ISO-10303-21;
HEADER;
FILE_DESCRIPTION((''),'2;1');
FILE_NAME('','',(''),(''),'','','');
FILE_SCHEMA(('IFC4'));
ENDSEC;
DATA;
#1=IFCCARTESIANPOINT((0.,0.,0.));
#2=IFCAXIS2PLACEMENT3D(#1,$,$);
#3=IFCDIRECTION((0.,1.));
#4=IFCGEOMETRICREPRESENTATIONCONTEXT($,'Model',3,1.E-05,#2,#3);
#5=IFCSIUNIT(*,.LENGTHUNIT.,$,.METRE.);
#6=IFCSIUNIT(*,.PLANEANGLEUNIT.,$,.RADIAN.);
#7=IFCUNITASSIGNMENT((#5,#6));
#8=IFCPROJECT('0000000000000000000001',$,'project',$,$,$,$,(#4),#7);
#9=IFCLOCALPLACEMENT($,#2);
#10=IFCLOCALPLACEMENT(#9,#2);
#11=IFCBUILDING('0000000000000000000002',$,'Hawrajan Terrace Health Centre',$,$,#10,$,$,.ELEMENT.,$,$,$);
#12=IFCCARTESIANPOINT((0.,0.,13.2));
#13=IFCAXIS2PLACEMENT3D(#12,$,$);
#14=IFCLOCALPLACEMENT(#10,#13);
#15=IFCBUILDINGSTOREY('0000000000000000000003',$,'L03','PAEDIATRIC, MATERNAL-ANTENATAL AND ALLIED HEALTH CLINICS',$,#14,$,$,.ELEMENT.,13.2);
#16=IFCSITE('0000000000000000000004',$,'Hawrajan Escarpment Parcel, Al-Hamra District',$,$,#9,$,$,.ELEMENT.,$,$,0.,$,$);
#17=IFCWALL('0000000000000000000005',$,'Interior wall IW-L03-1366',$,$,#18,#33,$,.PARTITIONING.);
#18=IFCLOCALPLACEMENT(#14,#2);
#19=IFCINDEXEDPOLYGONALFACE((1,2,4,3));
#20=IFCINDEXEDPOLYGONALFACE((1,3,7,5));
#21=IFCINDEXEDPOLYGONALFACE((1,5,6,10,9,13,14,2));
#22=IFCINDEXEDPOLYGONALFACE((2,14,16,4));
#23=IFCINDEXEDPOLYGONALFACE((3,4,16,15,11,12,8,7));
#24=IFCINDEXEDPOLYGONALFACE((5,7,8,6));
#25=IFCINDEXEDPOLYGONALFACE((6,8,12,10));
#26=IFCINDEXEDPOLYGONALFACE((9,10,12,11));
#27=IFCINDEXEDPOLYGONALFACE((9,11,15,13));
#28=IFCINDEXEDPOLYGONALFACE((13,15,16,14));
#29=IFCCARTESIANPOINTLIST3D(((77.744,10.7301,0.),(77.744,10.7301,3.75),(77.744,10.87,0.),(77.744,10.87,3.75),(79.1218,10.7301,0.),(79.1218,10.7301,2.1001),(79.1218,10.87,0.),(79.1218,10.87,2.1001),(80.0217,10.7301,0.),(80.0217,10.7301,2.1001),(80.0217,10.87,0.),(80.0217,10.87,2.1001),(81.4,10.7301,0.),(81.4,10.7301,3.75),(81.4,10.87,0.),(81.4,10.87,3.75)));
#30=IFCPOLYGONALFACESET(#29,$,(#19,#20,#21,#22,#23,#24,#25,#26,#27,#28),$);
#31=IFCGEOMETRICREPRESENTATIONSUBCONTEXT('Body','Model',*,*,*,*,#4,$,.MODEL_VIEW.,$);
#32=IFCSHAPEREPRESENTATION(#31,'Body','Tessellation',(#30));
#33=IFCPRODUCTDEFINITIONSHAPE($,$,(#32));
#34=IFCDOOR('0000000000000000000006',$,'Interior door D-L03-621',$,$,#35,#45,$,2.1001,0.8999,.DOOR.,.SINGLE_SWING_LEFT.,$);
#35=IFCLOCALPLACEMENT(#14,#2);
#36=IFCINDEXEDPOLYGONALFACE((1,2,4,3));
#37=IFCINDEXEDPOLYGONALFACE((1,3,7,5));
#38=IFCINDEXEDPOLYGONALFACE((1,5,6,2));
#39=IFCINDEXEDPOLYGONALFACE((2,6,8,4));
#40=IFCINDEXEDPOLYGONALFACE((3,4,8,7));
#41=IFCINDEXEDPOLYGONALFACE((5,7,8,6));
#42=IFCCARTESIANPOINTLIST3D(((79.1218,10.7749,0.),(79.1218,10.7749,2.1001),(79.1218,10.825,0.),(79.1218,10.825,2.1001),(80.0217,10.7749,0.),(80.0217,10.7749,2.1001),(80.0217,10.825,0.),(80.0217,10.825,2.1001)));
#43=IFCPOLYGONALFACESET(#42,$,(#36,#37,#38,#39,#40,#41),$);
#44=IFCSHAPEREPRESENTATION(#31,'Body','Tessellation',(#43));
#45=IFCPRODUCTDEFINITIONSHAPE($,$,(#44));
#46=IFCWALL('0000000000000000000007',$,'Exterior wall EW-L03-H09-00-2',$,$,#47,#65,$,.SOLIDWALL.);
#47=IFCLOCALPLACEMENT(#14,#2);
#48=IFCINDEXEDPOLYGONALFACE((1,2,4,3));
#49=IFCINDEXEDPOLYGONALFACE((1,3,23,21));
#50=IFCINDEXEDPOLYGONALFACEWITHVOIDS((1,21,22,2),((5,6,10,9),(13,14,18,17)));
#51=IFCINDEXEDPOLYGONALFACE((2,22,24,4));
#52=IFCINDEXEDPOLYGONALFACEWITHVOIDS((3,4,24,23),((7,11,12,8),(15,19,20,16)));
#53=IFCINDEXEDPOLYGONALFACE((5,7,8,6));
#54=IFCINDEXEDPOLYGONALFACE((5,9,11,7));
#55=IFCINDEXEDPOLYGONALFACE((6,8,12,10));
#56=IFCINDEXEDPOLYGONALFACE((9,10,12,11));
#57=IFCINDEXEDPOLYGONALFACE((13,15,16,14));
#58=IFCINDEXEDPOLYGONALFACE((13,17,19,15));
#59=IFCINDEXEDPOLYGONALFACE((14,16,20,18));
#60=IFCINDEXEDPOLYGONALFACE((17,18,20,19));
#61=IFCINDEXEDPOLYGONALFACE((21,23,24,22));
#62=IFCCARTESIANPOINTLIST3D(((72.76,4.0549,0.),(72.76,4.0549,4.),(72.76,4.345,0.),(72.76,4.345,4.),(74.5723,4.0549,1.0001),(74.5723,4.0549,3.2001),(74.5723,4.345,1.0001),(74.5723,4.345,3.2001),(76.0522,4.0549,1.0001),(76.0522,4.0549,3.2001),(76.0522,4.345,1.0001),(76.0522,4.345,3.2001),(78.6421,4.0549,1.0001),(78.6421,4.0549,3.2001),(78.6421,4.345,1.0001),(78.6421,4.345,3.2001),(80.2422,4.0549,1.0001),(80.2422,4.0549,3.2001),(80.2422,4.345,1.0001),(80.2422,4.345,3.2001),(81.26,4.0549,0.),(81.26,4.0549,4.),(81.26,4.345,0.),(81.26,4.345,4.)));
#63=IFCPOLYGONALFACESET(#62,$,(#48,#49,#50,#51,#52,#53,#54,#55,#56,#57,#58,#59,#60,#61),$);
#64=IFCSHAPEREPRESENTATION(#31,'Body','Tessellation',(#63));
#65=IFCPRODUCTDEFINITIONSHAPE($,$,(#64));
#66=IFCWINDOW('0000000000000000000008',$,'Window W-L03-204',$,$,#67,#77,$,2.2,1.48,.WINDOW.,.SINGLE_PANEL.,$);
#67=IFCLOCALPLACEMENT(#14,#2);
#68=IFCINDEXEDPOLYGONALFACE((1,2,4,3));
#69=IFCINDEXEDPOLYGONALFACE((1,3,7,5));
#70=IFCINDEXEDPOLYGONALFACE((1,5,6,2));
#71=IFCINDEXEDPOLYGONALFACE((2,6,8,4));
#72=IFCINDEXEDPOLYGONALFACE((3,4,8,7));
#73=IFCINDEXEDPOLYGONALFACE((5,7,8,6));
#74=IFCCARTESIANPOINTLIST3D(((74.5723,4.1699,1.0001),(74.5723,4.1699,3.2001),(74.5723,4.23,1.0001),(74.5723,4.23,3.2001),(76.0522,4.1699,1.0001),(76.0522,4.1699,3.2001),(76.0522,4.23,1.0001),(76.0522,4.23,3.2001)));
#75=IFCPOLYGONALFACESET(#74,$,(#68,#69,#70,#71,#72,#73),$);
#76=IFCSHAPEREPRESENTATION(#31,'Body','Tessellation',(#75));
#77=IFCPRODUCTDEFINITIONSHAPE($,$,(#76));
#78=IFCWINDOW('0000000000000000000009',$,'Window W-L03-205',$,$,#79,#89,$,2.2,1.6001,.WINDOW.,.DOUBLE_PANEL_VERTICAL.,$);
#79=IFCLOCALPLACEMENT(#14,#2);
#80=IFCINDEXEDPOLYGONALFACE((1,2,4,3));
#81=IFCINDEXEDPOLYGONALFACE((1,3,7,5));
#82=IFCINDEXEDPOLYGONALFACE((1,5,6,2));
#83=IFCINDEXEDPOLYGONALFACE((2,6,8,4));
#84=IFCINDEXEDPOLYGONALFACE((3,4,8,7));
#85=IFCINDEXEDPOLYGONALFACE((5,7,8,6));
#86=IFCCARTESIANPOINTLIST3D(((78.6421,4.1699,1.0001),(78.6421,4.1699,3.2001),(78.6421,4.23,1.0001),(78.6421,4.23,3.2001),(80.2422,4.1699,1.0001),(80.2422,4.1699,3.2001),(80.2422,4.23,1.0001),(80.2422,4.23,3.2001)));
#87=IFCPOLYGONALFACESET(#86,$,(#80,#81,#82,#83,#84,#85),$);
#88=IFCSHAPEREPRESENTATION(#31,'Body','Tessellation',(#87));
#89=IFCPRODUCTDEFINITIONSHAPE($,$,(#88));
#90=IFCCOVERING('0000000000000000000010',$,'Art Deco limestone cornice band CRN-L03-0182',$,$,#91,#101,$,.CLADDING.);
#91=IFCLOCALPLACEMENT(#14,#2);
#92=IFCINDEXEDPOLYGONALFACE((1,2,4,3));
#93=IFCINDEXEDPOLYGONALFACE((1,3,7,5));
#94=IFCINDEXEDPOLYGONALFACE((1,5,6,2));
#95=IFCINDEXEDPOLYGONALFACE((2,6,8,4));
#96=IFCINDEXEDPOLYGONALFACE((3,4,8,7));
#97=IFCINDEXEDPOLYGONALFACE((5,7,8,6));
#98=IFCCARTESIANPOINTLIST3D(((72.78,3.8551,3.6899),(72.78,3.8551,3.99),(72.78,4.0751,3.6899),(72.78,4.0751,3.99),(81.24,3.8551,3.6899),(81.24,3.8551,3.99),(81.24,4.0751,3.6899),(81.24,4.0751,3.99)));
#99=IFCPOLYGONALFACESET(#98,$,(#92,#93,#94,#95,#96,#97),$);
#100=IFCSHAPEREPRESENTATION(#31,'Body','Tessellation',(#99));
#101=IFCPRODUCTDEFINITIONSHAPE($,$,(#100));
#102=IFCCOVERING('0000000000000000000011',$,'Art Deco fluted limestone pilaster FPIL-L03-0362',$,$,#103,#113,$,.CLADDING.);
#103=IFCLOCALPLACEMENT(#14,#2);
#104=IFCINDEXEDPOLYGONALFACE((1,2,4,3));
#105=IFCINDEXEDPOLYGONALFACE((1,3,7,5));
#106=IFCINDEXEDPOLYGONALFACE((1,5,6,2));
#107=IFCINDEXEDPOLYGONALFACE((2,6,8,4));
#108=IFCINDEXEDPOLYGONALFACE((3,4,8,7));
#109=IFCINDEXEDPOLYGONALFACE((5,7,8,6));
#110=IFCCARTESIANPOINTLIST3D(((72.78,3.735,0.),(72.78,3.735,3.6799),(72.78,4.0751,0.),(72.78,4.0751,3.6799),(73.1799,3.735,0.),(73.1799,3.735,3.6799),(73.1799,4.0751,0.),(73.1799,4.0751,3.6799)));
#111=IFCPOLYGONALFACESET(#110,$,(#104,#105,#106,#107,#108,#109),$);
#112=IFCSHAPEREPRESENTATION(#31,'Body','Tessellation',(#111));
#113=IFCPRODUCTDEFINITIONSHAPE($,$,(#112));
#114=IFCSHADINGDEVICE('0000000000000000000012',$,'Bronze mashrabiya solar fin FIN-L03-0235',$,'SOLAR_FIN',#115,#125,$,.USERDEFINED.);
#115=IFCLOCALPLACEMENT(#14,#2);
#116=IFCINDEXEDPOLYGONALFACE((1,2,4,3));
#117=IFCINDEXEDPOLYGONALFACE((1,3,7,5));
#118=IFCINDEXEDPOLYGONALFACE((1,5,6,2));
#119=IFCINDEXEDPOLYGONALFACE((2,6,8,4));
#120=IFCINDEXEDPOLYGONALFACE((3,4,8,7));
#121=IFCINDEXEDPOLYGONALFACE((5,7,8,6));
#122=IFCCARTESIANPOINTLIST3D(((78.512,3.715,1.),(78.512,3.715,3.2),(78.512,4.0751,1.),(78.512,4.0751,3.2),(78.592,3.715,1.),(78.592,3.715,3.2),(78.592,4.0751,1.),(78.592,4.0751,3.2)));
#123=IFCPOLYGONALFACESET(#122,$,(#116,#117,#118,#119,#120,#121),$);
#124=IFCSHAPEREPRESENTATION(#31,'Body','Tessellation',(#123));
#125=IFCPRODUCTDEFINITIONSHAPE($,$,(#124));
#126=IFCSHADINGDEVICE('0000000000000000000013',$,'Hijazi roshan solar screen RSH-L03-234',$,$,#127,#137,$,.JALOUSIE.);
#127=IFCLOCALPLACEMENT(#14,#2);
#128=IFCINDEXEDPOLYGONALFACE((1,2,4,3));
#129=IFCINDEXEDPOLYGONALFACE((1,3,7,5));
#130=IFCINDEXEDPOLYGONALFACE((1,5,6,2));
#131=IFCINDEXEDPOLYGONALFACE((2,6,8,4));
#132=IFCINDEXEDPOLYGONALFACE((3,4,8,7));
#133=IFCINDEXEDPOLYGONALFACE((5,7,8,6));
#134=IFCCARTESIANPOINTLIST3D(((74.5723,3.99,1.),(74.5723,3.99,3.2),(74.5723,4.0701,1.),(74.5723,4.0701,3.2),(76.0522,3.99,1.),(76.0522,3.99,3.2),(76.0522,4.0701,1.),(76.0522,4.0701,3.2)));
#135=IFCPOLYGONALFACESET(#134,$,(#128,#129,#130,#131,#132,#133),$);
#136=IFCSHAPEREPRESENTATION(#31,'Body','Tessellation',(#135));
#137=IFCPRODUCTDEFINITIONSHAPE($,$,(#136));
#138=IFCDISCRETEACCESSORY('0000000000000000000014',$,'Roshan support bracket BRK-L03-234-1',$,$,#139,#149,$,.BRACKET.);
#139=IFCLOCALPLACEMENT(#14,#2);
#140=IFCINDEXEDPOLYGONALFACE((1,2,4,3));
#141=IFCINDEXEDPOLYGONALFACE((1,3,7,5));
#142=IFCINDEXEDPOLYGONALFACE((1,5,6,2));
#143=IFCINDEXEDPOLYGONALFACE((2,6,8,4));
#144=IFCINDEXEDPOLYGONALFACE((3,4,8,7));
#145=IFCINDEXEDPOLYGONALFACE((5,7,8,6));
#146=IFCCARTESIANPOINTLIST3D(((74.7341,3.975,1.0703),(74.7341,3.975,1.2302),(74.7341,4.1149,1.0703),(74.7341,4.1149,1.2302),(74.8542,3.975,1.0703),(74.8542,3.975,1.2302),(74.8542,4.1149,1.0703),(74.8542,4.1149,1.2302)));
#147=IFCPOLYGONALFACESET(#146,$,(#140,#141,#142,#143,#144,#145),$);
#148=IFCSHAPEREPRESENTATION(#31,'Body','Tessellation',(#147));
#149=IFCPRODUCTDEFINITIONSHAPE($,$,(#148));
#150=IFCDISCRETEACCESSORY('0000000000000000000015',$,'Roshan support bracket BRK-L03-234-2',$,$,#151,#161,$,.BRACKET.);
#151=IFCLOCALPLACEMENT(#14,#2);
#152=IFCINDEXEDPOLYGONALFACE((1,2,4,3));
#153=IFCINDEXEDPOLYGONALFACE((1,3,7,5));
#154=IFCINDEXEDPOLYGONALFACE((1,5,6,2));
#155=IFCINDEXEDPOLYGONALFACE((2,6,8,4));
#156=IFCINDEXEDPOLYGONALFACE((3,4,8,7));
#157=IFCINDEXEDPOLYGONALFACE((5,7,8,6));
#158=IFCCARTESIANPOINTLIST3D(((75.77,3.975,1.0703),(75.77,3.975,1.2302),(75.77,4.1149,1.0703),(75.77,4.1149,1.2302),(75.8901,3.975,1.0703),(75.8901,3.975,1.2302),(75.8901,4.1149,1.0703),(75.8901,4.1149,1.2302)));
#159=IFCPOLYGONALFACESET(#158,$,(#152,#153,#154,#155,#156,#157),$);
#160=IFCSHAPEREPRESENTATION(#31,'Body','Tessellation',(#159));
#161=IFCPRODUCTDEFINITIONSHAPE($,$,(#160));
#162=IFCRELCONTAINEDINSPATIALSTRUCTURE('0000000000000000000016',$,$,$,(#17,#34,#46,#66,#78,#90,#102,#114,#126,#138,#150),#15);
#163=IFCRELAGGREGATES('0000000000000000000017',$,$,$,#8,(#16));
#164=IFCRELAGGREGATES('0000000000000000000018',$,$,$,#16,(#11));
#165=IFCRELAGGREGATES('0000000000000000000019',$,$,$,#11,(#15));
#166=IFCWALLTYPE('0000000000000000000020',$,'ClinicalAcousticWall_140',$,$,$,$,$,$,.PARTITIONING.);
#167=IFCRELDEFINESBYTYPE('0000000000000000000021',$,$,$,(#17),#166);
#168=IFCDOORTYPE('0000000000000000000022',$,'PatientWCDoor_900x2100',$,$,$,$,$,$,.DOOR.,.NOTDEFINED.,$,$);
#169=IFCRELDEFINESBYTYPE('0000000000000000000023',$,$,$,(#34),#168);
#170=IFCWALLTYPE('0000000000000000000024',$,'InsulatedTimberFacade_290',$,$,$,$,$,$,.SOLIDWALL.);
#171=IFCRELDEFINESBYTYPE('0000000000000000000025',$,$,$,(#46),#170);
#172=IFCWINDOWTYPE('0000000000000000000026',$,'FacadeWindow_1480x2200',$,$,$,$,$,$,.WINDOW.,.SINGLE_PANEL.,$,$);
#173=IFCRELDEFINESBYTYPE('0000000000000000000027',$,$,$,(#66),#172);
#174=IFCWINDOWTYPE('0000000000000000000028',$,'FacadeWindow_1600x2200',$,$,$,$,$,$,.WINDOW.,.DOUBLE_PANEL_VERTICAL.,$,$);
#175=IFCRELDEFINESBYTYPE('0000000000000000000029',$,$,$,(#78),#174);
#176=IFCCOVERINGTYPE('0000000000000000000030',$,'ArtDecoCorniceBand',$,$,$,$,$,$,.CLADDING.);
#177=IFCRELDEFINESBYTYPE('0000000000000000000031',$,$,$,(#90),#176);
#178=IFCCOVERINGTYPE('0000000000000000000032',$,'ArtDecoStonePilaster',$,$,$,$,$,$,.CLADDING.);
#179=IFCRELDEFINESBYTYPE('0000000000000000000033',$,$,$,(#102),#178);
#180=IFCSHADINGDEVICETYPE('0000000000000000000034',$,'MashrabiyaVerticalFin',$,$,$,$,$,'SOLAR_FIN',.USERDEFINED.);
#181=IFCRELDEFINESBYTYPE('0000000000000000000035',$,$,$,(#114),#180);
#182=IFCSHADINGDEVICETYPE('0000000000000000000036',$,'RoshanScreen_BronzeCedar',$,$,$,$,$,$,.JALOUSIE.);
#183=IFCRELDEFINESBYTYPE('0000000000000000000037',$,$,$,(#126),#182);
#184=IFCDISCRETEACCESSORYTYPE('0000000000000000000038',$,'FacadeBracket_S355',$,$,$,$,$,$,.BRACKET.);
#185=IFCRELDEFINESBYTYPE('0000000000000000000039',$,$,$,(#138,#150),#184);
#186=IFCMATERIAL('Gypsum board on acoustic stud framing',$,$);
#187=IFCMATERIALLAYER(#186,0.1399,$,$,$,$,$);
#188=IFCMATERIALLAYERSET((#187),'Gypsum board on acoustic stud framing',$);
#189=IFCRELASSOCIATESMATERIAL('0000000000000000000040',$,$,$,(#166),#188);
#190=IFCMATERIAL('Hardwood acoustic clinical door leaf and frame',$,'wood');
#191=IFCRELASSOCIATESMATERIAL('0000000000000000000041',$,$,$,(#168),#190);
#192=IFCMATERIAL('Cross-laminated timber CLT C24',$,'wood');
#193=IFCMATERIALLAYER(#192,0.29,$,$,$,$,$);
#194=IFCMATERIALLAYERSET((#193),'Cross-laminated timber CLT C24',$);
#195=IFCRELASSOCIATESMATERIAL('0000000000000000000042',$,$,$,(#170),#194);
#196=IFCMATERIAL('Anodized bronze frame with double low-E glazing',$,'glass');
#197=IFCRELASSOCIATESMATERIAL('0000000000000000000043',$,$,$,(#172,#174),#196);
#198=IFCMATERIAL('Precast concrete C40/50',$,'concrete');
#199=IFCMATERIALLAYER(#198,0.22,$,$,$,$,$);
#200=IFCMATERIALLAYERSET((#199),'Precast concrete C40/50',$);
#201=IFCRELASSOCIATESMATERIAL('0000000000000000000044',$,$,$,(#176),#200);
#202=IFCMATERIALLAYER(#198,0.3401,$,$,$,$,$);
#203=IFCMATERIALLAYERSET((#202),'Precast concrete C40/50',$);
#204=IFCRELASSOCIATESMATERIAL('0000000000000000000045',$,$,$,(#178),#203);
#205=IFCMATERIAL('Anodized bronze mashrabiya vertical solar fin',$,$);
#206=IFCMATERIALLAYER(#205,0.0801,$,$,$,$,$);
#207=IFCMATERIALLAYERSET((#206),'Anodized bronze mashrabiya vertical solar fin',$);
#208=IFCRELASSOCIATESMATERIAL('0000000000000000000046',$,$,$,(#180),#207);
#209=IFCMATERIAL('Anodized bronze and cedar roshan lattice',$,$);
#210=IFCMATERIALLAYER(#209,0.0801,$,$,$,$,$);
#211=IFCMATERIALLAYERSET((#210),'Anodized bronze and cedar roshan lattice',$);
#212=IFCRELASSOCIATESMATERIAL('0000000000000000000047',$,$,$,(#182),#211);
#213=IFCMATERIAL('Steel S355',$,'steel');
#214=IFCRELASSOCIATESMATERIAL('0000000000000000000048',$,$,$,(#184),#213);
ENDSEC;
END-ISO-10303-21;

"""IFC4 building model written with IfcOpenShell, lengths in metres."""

from ifc_helpers import new_model, si_unit, direction, frame, frame_2d, origin, origin_2d, place, context, subcontext, project, spatial, rectangle, extrude, material, layer, layer_set, type_object, element, fill, save


model = new_model("IFC4")

# Units and contexts
model_context = context("Model", 3, precision=1e-05, world=origin(), true_north=direction((0.0, 1.0)))
body_context = subcontext(model_context, "Body", "Model", "MODEL_VIEW")
ifc_project = project(units=[si_unit("LENGTHUNIT", "METRE"), si_unit("PLANEANGLEUNIT", "RADIAN")], contexts=[model_context])

# Site, building, storey
site_placement = place(None, origin())
site = spatial("IfcSite", under=ifc_project, at=site_placement, Name="Hawrajan Escarpment Parcel, Al-Hamra District", CompositionType="ELEMENT", RefElevation=0.0)
building_placement = place(site_placement, origin())
building = spatial("IfcBuilding", under=site, at=building_placement, Name="Hawrajan Terrace Health Centre", CompositionType="ELEMENT")
storey_placement = place(building_placement, frame((0.0, 0.0, 13.2)))
storey = spatial("IfcBuildingStorey", under=building, at=storey_placement, Name="L03", Description="PAEDIATRIC, MATERNAL-ANTENATAL AND ALLIED HEALTH CLINICS", CompositionType="ELEMENT", Elevation=13.2)

# Shared definitions
ifc_material_1 = material(Name="Gypsum board on acoustic stud framing")
ifc_layer_1 = layer(ifc_material_1, 0.1399)
ifc_layer_set_1 = layer_set([ifc_layer_1], Name="Gypsum board on acoustic stud framing")
wall_type_1 = type_object("IfcWallType", Name="ClinicalAcousticWall_140", PredefinedType="PARTITIONING", material=ifc_layer_set_1)

# Shared definitions
ifc_material_2 = material(Name="Hardwood acoustic clinical door leaf and frame", Category="wood")

# Wall, opening, door
wall_1_placement = place(storey_placement, frame((77.7439, 10.8, 0.0), z_axis=(0.0, 0.0, 1.0), x_axis=(1.0, 0.0, 0.0)))
wall_1 = element("IfcWall", 1, at=wall_1_placement, inside=storey, type_object=wall_type_1, Name="Interior wall IW-L03-1366", PredefinedType="PARTITIONING", context=body_context, shape_type="SweptSolid", body=[
    extrude(rectangle(XDim=3.656, YDim=0.1399, at=frame_2d((1.8281, 0.0))), origin(), (0.0, 0.0, 1.0), 3.75),
])
opening_1_placement = place(wall_1_placement, frame((1.3779, 0.0, 0.0)))
opening_1 = element("IfcOpeningElement", 2, at=opening_1_placement, cuts=wall_1, PredefinedType="OPENING", context=body_context, shape_type="SweptSolid", body=[
    extrude(rectangle(XDim=0.8999, YDim=2.1001, at=frame_2d((0.45, 1.05))), frame((0.0, 0.0798, 0.0), z_axis=(0.0, -1.0, 0.0), x_axis=(1.0, 0.0, 0.0)), (0.0, 0.0, 1.0), 0.1599),
])
door_type_1 = type_object("IfcDoorType", Name="PatientWCDoor_900x2100", OperationType="NOTDEFINED", PredefinedType="DOOR", material=ifc_material_2)
door_1_placement = place(opening_1_placement, origin())
door_1 = element("IfcDoor", 3, at=door_1_placement, inside=storey, type_object=door_type_1, Name="Interior door D-L03-621", OperationType="SINGLE_SWING_LEFT", OverallHeight=2.1001, OverallWidth=0.8999, PredefinedType="DOOR", context=body_context, shape_type="SweptSolid", body=[
    extrude(rectangle(XDim=0.8999, YDim=2.1001, at=frame_2d((0.45, 1.05))), frame((0.0, 0.0249, 0.0), z_axis=(0.0, -1.0, 0.0), x_axis=(1.0, 0.0, 0.0)), (0.0, 0.0, 1.0), 0.05),
])
fill(opening_1, door_1)

# Wall, openings, windows
ifc_material_3 = material(Name="Cross-laminated timber CLT C24", Category="wood")
ifc_layer_2 = layer(ifc_material_3, 0.29)
ifc_layer_set_2 = layer_set([ifc_layer_2], Name="Cross-laminated timber CLT C24")
wall_type_2 = type_object("IfcWallType", Name="InsulatedTimberFacade_290", PredefinedType="SOLIDWALL", material=ifc_layer_set_2)
wall_2_placement = place(storey_placement, frame((72.76, 4.2, 0.0), z_axis=(0.0, 0.0, 1.0), x_axis=(1.0, 0.0, 0.0)))
wall_2 = element("IfcWall", 4, at=wall_2_placement, inside=storey, type_object=wall_type_2, Name="Exterior wall EW-L03-H09-00-2", PredefinedType="SOLIDWALL", context=body_context, shape_type="SweptSolid", body=[
    extrude(rectangle(XDim=8.5, YDim=0.29, at=frame_2d((4.25, 0.0))), origin(), (0.0, 0.0, 1.0), 4.0),
])
opening_2_placement = place(wall_2_placement, frame((1.8123, 0.0, 1.0)))
opening_2 = element("IfcOpeningElement", 5, at=opening_2_placement, cuts=wall_2, PredefinedType="OPENING", context=body_context, shape_type="SweptSolid", body=[
    extrude(rectangle(XDim=1.48, YDim=2.2, at=frame_2d((0.74, 1.1001))), frame((0.0, 0.155, 0.0), z_axis=(0.0, -1.0, 0.0), x_axis=(1.0, 0.0, 0.0)), (0.0, 0.0, 1.0), 0.3101),
])
opening_3_placement = place(wall_2_placement, frame((5.8821, 0.0, 1.0)))
opening_3 = element("IfcOpeningElement", 6, at=opening_3_placement, cuts=wall_2, PredefinedType="OPENING", context=body_context, shape_type="SweptSolid", body=[
    extrude(rectangle(XDim=1.6001, YDim=2.2, at=frame_2d((0.8, 1.1001))), frame((0.0, 0.155, 0.0), z_axis=(0.0, -1.0, 0.0), x_axis=(1.0, 0.0, 0.0)), (0.0, 0.0, 1.0), 0.3101),
])
ifc_material_4 = material(Name="Anodized bronze frame with double low-E glazing", Category="glass")
window_type_1 = type_object("IfcWindowType", Name="FacadeWindow_1480x2200", PartitioningType="SINGLE_PANEL", PredefinedType="WINDOW", material=ifc_material_4)
window_1_placement = place(opening_2_placement, origin())
window_1 = element("IfcWindow", 7, at=window_1_placement, inside=storey, type_object=window_type_1, Name="Window W-L03-204", OverallHeight=2.2, OverallWidth=1.48, PartitioningType="SINGLE_PANEL", PredefinedType="WINDOW", context=body_context, shape_type="SweptSolid", body=[
    extrude(rectangle(XDim=1.48, YDim=2.2, at=frame_2d((0.74, 1.1001))), frame((0.0, 0.03, 0.0), z_axis=(0.0, -1.0, 0.0), x_axis=(1.0, 0.0, 0.0)), (0.0, 0.0, 1.0), 0.0601),
])
fill(opening_2, window_1)
window_type_2 = type_object("IfcWindowType", Name="FacadeWindow_1600x2200", PartitioningType="DOUBLE_PANEL_VERTICAL", PredefinedType="WINDOW", material=ifc_material_4)
window_2_placement = place(opening_3_placement, origin())
window_2 = element("IfcWindow", 8, at=window_2_placement, inside=storey, type_object=window_type_2, Name="Window W-L03-205", OverallHeight=2.2, OverallWidth=1.6001, PartitioningType="DOUBLE_PANEL_VERTICAL", PredefinedType="WINDOW", context=body_context, shape_type="SweptSolid", body=[
    extrude(rectangle(XDim=1.6001, YDim=2.2, at=frame_2d((0.8, 1.1001))), frame((0.0, 0.03, 0.0), z_axis=(0.0, -1.0, 0.0), x_axis=(1.0, 0.0, 0.0)), (0.0, 0.0, 1.0), 0.0601),
])
fill(opening_3, window_2)

# Coverings
ifc_material_5 = material(Name="Precast concrete C40/50", Category="concrete")
ifc_layer_3 = layer(ifc_material_5, 0.22)
ifc_layer_set_3 = layer_set([ifc_layer_3], Name="Precast concrete C40/50")
covering_type_1 = type_object("IfcCoveringType", Name="ArtDecoCorniceBand", PredefinedType="CLADDING", material=ifc_layer_set_3)
covering_1_placement = place(storey_placement, frame((77.01, 3.9651, 3.6899), z_axis=(0.0, 0.0, 1.0), x_axis=(1.0, 0.0, 0.0)))
element("IfcCovering", 9, at=covering_1_placement, inside=storey, type_object=covering_type_1, Name="Art Deco limestone cornice band CRN-L03-0182", PredefinedType="CLADDING", context=body_context, shape_type="SweptSolid", body=[
    extrude(rectangle(XDim=8.46, YDim=0.22, at=origin_2d()), origin(), (0.0, 0.0, 1.0), 0.3),
])
ifc_layer_4 = layer(ifc_material_5, 0.3401)
ifc_layer_set_4 = layer_set([ifc_layer_4], Name="Precast concrete C40/50")
covering_type_2 = type_object("IfcCoveringType", Name="ArtDecoStonePilaster", PredefinedType="CLADDING", material=ifc_layer_set_4)
covering_2_placement = place(storey_placement, frame((72.98, 3.905, 0.0), z_axis=(0.0, 0.0, 1.0), x_axis=(1.0, 0.0, 0.0)))
element("IfcCovering", 10, at=covering_2_placement, inside=storey, type_object=covering_type_2, Name="Art Deco fluted limestone pilaster FPIL-L03-0362", PredefinedType="CLADDING", context=body_context, shape_type="SweptSolid", body=[
    extrude(rectangle(XDim=0.3999, YDim=0.3401, at=origin_2d()), origin(), (0.0, 0.0, 1.0), 3.6799),
])

# Shading devices
ifc_material_6 = material(Name="Anodized bronze mashrabiya vertical solar fin")
ifc_layer_5 = layer(ifc_material_6, 0.0801)
ifc_layer_set_5 = layer_set([ifc_layer_5], Name="Anodized bronze mashrabiya vertical solar fin")
shading_device_type_1 = type_object("IfcShadingDeviceType", Name="MashrabiyaVerticalFin", ElementType="SOLAR_FIN", PredefinedType="USERDEFINED", material=ifc_layer_set_5)
shading_device_1_placement = place(storey_placement, frame((78.552, 3.895, 1.0), z_axis=(0.0, 0.0, 1.0), x_axis=(1.0, 0.0, 0.0)))
element("IfcShadingDevice", 11, at=shading_device_1_placement, inside=storey, type_object=shading_device_type_1, Name="Bronze mashrabiya solar fin FIN-L03-0235", ObjectType="SOLAR_FIN", PredefinedType="USERDEFINED", context=body_context, shape_type="SweptSolid", body=[
    extrude(rectangle(XDim=0.0801, YDim=0.3601, at=origin_2d()), origin(), (0.0, 0.0, 1.0), 2.2),
])
ifc_material_7 = material(Name="Anodized bronze and cedar roshan lattice")
ifc_layer_6 = layer(ifc_material_7, 0.0801)
ifc_layer_set_6 = layer_set([ifc_layer_6], Name="Anodized bronze and cedar roshan lattice")
shading_device_type_2 = type_object("IfcShadingDeviceType", Name="RoshanScreen_BronzeCedar", PredefinedType="JALOUSIE", material=ifc_layer_set_6)
shading_device_2_placement = place(storey_placement, frame((75.3123, 4.03, 1.0), z_axis=(0.0, 0.0, 1.0), x_axis=(1.0, 0.0, 0.0)))
element("IfcShadingDevice", 12, at=shading_device_2_placement, inside=storey, type_object=shading_device_type_2, Name="Hijazi roshan solar screen RSH-L03-234", PredefinedType="JALOUSIE", context=body_context, shape_type="SweptSolid", body=[
    extrude(rectangle(XDim=1.48, YDim=0.0801, at=origin_2d()), origin(), (0.0, 0.0, 1.0), 2.2),
])

# Discrete accessories
ifc_material_8 = material(Name="Steel S355", Category="steel")
discrete_accessory_type = type_object("IfcDiscreteAccessoryType", Name="FacadeBracket_S355", PredefinedType="BRACKET", material=ifc_material_8)
for number, where, z_axis, x_axis, name in (
    (13, (74.7942, 4.0449, 1.0703), (0.0, 0.0, 1.0), (1.0, 0.0, 0.0), "Roshan support bracket BRK-L03-234-1"),
    (14, (75.8301, 4.0449, 1.0703), (0.0, 0.0, 1.0), (1.0, 0.0, 0.0), "Roshan support bracket BRK-L03-234-2"),
):
    element("IfcDiscreteAccessory", number, at=place(storey_placement, frame(where, z_axis=z_axis, x_axis=x_axis)), inside=storey, type_object=discrete_accessory_type, Name=name, PredefinedType="BRACKET", context=body_context, shape_type="SweptSolid", body=[
        extrude(rectangle(XDim=0.1201, YDim=0.1399, at=origin_2d()), origin(), (0.0, 0.0, 1.0), 0.1599),
    ])

save(model, "model.ifc")
